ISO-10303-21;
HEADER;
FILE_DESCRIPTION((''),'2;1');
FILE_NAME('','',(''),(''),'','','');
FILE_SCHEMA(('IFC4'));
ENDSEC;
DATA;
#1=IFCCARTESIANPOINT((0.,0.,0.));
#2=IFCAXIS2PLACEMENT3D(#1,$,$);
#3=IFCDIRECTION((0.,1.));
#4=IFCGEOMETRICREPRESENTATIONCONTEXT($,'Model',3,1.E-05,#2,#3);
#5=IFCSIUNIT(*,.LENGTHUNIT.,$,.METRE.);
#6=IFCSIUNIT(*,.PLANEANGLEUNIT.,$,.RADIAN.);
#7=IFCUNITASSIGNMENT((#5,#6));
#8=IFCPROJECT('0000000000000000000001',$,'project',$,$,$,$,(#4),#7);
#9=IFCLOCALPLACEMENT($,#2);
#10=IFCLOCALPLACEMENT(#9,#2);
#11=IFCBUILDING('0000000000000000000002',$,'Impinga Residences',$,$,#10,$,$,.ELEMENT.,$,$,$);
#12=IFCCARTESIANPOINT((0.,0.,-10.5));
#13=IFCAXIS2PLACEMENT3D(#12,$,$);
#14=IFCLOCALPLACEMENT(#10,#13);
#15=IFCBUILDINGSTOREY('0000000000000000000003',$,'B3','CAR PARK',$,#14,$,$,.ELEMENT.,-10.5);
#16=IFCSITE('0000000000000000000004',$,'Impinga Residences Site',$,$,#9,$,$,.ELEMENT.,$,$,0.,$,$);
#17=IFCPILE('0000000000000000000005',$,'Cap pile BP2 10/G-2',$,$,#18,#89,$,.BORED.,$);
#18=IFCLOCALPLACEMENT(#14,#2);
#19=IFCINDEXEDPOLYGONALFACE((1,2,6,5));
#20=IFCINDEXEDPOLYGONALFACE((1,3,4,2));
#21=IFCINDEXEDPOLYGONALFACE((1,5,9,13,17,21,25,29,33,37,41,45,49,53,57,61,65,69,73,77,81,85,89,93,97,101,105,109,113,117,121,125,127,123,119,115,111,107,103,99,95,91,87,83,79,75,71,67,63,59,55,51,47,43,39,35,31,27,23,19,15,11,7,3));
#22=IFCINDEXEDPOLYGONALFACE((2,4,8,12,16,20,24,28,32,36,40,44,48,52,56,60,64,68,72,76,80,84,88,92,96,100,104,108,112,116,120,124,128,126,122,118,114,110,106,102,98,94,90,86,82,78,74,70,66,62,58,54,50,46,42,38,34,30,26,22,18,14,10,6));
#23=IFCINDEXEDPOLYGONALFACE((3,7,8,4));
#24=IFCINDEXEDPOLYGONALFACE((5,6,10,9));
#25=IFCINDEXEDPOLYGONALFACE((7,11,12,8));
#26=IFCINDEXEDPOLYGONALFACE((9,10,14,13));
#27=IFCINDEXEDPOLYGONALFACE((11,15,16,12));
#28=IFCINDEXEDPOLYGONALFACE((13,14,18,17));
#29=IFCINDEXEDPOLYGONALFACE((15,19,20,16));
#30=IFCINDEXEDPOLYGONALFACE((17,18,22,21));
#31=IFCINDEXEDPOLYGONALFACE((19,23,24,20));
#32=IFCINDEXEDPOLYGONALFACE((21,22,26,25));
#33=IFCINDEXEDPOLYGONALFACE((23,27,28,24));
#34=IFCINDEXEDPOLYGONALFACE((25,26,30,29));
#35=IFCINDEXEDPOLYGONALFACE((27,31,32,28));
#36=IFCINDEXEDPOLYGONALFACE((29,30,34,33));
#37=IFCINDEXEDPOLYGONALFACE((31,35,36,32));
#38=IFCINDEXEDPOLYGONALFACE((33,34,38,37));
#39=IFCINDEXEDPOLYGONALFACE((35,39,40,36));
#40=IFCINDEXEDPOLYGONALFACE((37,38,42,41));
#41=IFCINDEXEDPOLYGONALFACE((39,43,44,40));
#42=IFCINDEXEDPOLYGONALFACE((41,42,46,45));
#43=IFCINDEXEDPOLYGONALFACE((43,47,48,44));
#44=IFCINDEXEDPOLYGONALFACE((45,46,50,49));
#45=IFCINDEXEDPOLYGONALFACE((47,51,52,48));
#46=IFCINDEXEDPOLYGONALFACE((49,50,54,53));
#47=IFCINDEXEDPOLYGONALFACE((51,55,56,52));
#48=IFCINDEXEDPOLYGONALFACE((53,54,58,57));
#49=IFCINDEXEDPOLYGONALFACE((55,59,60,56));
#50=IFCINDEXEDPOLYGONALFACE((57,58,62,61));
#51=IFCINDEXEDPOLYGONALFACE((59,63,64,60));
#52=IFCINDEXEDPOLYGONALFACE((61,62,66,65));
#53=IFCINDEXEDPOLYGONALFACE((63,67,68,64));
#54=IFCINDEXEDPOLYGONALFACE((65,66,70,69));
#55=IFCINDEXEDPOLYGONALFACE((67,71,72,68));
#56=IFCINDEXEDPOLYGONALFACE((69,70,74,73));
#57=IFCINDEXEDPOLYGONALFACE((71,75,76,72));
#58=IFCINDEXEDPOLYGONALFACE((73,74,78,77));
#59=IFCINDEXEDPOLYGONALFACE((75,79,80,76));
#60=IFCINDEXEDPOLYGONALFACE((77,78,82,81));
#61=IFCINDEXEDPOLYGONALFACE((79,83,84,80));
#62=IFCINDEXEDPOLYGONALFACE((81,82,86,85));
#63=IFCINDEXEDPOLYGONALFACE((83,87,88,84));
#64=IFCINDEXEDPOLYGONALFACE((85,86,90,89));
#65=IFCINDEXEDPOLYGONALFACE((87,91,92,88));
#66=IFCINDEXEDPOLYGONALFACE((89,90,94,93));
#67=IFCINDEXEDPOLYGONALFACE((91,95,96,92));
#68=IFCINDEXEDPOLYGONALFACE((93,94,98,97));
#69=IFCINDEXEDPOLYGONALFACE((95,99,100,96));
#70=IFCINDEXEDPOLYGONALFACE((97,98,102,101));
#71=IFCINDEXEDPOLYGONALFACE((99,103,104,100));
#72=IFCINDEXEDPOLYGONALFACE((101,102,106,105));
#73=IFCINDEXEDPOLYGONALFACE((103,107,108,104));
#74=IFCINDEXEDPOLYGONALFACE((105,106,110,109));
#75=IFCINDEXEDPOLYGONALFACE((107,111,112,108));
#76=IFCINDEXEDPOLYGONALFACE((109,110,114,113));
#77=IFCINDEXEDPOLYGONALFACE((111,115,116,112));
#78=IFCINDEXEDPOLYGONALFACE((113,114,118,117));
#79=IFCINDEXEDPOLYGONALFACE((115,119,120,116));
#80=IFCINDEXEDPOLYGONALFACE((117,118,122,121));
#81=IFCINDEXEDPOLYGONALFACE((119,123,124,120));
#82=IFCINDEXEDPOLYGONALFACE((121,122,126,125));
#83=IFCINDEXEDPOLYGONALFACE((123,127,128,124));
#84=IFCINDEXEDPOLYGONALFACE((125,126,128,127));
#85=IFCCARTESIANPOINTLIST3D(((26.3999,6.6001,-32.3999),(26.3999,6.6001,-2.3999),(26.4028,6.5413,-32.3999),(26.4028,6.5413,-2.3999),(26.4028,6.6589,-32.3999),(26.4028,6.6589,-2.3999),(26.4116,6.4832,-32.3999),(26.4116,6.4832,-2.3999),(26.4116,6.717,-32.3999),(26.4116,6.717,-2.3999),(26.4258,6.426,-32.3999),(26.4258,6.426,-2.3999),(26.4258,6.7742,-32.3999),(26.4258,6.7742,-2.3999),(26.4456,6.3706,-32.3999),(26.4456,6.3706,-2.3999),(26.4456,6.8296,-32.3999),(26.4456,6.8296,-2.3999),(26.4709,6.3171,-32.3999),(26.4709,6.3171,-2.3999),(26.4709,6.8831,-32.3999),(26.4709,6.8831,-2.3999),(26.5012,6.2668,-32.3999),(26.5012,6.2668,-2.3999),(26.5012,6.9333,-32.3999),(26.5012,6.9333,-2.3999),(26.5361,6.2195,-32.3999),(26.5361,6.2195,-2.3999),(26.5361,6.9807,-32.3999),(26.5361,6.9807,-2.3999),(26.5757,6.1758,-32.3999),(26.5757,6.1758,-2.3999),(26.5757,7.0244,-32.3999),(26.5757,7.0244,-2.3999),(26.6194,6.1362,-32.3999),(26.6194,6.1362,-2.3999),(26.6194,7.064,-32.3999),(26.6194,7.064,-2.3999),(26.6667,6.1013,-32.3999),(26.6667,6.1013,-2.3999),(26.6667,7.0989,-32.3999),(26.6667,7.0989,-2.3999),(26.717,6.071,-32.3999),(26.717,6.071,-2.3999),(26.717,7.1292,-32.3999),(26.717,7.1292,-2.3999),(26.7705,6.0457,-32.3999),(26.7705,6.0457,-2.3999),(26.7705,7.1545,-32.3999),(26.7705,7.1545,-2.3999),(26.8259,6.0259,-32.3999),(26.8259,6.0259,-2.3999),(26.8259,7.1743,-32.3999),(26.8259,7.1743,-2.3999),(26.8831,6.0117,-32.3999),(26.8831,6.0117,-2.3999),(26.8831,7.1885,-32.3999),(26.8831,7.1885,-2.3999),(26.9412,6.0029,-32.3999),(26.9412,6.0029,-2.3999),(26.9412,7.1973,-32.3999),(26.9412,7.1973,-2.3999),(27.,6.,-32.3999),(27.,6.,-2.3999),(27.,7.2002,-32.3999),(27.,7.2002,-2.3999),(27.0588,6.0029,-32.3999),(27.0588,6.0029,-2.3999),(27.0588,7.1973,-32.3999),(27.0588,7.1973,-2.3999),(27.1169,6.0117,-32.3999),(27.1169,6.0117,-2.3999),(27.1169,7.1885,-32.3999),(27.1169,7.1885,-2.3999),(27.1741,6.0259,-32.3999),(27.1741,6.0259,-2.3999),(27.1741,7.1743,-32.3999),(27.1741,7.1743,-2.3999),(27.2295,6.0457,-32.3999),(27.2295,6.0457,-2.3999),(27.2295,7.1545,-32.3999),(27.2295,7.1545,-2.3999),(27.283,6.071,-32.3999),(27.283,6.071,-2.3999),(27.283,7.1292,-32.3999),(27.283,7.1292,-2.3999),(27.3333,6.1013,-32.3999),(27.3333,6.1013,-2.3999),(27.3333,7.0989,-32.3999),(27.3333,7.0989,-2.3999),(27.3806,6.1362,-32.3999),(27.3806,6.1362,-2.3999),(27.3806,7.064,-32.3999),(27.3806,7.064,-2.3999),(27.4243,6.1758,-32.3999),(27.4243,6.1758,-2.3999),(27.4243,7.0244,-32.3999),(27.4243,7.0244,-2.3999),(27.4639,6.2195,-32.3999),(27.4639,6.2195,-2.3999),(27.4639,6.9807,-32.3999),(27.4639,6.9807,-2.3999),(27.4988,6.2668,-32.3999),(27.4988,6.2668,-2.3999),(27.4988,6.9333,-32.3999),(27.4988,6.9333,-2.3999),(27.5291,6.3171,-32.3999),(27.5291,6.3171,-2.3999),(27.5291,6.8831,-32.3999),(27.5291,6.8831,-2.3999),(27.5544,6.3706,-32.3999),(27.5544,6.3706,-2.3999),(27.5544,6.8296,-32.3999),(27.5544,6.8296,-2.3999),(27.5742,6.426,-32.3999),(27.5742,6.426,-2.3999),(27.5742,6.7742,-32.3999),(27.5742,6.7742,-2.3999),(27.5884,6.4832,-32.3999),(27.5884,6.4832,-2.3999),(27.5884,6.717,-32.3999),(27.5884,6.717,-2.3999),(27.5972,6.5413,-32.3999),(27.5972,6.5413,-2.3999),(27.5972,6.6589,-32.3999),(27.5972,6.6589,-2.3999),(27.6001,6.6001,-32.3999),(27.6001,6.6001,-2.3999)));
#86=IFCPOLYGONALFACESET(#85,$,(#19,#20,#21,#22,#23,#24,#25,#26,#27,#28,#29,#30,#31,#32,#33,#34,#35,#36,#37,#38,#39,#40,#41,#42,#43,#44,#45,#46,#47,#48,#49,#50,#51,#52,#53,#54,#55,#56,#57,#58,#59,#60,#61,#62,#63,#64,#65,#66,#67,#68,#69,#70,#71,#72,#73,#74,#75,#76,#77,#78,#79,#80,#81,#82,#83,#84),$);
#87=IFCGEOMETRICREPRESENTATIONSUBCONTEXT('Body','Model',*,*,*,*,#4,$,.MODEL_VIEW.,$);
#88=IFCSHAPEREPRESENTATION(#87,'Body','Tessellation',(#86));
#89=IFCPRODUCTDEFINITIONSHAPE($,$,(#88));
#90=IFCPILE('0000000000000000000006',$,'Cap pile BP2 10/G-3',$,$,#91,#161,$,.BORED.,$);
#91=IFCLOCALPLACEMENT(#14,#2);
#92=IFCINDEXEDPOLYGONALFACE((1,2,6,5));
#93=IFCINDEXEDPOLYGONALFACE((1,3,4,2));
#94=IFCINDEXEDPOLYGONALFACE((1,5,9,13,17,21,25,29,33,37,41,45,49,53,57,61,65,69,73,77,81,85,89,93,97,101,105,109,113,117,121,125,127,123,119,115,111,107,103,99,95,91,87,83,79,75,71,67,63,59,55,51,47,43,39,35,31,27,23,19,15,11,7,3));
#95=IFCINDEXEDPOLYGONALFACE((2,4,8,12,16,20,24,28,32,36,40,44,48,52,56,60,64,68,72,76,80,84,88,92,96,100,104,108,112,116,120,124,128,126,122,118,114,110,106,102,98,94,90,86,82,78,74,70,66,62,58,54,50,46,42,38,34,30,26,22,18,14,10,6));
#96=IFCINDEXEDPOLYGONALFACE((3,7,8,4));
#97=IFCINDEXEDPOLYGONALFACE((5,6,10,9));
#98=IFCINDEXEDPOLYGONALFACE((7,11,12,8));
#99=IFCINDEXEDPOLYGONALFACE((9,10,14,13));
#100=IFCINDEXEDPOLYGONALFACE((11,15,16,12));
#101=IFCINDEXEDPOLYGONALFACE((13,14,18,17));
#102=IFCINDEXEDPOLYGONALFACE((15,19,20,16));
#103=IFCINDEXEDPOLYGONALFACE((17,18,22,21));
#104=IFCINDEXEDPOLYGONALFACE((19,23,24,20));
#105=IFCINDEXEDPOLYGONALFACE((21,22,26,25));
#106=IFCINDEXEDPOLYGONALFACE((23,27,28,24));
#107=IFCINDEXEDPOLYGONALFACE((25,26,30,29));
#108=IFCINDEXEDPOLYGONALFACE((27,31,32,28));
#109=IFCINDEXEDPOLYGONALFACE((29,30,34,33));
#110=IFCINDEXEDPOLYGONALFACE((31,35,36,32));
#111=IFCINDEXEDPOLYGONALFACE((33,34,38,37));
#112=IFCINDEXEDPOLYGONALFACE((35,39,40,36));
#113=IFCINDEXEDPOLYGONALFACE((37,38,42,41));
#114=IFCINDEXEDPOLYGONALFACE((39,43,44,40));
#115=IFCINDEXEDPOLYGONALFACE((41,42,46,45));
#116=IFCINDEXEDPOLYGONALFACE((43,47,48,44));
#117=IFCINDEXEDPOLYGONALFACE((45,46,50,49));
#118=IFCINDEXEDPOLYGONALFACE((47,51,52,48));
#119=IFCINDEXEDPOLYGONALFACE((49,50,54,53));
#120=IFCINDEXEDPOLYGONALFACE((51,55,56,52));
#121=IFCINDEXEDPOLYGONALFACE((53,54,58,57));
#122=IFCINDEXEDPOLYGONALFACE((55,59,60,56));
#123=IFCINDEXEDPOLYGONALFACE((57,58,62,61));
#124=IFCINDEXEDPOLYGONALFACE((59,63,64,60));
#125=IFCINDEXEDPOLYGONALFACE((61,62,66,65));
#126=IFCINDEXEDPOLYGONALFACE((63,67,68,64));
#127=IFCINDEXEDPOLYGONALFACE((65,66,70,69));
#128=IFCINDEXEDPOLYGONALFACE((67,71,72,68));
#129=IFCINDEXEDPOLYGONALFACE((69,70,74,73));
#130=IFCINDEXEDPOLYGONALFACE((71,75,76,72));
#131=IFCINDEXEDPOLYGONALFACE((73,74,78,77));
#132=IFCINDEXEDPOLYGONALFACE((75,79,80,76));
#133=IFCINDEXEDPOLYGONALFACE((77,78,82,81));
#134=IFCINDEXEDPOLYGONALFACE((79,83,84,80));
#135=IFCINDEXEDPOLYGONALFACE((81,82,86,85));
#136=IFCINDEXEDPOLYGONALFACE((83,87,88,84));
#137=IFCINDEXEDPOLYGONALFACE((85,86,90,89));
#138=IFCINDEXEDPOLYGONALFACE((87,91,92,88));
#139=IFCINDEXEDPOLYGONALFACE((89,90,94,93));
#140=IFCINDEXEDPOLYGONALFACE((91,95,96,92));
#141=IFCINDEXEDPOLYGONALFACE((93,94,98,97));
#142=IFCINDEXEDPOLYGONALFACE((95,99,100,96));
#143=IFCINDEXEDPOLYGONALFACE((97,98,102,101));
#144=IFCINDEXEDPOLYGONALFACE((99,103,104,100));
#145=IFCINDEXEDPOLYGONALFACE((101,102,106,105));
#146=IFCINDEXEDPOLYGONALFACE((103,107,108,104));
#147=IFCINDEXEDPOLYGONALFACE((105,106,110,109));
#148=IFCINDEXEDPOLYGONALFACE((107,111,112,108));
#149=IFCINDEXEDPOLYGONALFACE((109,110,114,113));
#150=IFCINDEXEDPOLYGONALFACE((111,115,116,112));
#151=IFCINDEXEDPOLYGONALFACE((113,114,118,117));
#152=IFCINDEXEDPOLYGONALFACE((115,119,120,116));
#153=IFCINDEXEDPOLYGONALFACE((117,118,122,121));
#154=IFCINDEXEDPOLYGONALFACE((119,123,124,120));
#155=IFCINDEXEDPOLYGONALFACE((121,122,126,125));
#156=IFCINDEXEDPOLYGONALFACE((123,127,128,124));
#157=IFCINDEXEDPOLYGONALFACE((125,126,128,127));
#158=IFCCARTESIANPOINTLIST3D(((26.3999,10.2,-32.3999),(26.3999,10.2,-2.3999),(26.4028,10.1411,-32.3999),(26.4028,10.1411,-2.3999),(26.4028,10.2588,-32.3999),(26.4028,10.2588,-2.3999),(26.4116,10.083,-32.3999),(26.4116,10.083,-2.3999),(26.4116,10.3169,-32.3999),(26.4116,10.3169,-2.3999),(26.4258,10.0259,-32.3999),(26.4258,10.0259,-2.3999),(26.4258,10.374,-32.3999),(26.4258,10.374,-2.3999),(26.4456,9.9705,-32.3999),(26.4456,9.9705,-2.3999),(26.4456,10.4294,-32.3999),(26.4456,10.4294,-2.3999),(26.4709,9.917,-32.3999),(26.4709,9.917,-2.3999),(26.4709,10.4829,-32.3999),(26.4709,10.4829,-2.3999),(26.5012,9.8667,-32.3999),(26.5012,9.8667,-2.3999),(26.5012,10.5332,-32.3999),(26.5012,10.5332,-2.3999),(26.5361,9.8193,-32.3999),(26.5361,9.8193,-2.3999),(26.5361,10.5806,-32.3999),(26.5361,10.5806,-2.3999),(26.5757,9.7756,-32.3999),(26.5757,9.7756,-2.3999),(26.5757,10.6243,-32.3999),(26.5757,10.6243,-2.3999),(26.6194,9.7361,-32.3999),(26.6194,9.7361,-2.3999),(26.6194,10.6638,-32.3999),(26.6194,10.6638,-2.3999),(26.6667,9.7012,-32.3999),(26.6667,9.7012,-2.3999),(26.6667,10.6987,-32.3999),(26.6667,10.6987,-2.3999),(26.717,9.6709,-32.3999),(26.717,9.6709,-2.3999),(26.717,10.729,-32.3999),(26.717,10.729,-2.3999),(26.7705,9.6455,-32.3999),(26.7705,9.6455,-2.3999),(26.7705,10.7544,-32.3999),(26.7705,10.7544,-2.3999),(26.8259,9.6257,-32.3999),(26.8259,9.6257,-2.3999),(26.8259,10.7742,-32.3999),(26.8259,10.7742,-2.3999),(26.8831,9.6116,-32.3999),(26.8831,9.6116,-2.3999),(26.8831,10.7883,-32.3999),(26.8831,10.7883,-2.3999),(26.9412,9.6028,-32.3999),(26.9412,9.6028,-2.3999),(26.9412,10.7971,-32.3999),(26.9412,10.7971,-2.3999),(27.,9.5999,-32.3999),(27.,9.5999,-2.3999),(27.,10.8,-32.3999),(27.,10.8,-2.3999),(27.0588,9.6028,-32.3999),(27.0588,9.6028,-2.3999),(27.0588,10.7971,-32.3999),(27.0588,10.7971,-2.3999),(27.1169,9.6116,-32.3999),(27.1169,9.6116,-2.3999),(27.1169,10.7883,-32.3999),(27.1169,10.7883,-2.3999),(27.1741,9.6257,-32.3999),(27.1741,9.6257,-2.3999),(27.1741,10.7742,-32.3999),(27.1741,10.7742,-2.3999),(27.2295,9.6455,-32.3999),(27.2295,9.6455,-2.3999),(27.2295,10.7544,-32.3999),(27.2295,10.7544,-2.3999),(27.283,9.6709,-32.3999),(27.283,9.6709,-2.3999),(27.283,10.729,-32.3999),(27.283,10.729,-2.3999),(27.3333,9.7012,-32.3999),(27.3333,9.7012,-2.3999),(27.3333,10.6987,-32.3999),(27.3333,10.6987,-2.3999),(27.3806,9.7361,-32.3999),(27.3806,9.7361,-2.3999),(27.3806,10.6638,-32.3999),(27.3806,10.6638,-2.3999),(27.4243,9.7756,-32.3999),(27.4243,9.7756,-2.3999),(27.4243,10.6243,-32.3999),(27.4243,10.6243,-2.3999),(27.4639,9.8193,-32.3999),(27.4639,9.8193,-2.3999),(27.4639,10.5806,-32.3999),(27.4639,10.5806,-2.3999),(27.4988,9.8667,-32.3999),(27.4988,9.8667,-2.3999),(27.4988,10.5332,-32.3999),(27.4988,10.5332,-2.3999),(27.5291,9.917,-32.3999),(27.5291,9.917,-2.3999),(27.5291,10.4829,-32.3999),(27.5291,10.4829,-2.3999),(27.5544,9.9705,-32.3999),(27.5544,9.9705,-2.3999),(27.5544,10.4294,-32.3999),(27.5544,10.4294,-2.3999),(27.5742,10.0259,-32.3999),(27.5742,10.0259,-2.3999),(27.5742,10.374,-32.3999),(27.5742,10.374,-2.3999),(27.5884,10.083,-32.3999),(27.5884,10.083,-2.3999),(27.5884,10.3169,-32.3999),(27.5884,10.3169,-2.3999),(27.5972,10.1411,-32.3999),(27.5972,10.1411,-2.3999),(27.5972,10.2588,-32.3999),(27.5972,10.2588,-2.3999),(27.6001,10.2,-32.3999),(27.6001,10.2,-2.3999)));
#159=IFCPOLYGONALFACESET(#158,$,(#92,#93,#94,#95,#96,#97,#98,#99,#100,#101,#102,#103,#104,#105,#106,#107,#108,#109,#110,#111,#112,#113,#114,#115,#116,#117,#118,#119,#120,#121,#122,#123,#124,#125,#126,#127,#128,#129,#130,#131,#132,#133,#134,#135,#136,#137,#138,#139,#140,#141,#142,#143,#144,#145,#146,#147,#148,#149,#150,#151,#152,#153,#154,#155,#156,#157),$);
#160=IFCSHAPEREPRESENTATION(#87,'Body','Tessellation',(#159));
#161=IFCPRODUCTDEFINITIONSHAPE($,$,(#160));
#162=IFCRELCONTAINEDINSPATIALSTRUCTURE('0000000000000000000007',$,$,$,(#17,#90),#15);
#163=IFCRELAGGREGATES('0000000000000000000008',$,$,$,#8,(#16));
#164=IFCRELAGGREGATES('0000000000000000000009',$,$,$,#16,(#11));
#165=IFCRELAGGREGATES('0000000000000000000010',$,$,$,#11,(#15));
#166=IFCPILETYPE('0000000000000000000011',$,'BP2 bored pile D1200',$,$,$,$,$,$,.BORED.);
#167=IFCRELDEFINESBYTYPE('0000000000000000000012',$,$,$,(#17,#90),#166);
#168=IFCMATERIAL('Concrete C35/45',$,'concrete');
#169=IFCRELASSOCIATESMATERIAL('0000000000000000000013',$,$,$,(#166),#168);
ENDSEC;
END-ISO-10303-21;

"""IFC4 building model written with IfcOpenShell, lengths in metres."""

from ifc_helpers import new_model, si_unit, direction, frame, origin, origin_2d, place, context, subcontext, project, spatial, polyline, circle, outline, extrude, material, material_profile, profile_set, type_object, element, save


model = new_model("IFC4")

# Units and contexts
model_context = context("Model", 3, precision=1e-05, world=origin(), true_north=direction((0.0, 1.0)))
body_context = subcontext(model_context, "Body", "Model", "MODEL_VIEW")
ifc_project = project(units=[si_unit("LENGTHUNIT", "METRE"), si_unit("PLANEANGLEUNIT", "RADIAN")], contexts=[model_context])

# Site, building, storey
site_placement = place(None, origin())
site = spatial("IfcSite", under=ifc_project, at=site_placement, Name="Impinga Residences Site", CompositionType="ELEMENT", RefElevation=0.0)
building_placement = place(site_placement, origin())
building = spatial("IfcBuilding", under=site, at=building_placement, Name="Impinga Residences", CompositionType="ELEMENT")
storey_placement = place(building_placement, frame((0.0, 0.0, -10.5)))
storey = spatial("IfcBuildingStorey", under=building, at=storey_placement, Name="B3", Description="CAR PARK", CompositionType="ELEMENT", Elevation=-10.5)

# Piles
ifc_material_1 = material(Name="Concrete C35/45", Category="concrete")
ifc_material_profile_1 = material_profile(ifc_material_1, circle(Radius=0.6001, at=origin_2d()), Name="D1200")
ifc_profile_set_1 = profile_set([ifc_material_profile_1], Name="Concrete C35/45")
pile_type = type_object("IfcPileType", Name="BP2 bored pile D1200", PredefinedType="BORED", material=ifc_profile_set_1)
pile_1_placement = place(storey_placement, frame((27.0, 6.6001, -2.3999), z_axis=(0.0, 0.0, -1.0), x_axis=(1.0, 0.0, 0.0)))
element("IfcPile", 1, at=pile_1_placement, inside=storey, type_object=pile_type, Name="Cap pile BP2 10/G-2", PredefinedType="BORED", context=body_context, shape_type="SweptSolid", body=[
    extrude(outline(polyline([(0.6001, 0.0), (0.5972, 0.0588), (0.5884, 0.1169), (0.5742, 0.1741), (0.5544, 0.2295), (0.5291, 0.283), (0.4988, 0.3333), (0.4639, 0.3806), (0.4243, 0.4243), (0.3806, 0.4639), (0.3333, 0.4988), (0.283, 0.5291), (0.2295, 0.5544), (0.1741, 0.5742), (0.1169, 0.5884), (0.0588, 0.5972), (0.0, 0.6001), (-0.0588, 0.5972), (-0.1169, 0.5884), (-0.1741, 0.5742), (-0.2295, 0.5544), (-0.283, 0.5291), (-0.3333, 0.4988), (-0.3806, 0.4639), (-0.4243, 0.4243), (-0.4639, 0.3806), (-0.4988, 0.3333), (-0.5291, 0.283), (-0.5544, 0.2295), (-0.5742, 0.1741), (-0.5884, 0.1169), (-0.5972, 0.0588), (-0.6001, 0.0), (-0.5972, -0.0588), (-0.5884, -0.1169), (-0.5742, -0.1741), (-0.5544, -0.2295), (-0.5291, -0.283), (-0.4988, -0.3333), (-0.4639, -0.3806), (-0.4243, -0.4243), (-0.3806, -0.4639), (-0.3333, -0.4988), (-0.283, -0.5291), (-0.2295, -0.5544), (-0.1741, -0.5742), (-0.1169, -0.5884), (-0.0588, -0.5972), (0.0, -0.6001), (0.0588, -0.5972), (0.1169, -0.5884), (0.1741, -0.5742), (0.2295, -0.5544), (0.283, -0.5291), (0.3333, -0.4988), (0.3806, -0.4639), (0.4243, -0.4243), (0.4639, -0.3806), (0.4988, -0.3333), (0.5291, -0.283), (0.5544, -0.2295), (0.5742, -0.1741), (0.5884, -0.1169), (0.5972, -0.0588), (0.6001, 0.0)])), origin(), (0.0, 0.0, 1.0), 30.0),
])
pile_2_placement = place(storey_placement, frame((27.0, 10.2, -2.3999), z_axis=(0.0, 0.0, -1.0), x_axis=(1.0, 0.0, 0.0)))
element("IfcPile", 2, at=pile_2_placement, inside=storey, type_object=pile_type, Name="Cap pile BP2 10/G-3", PredefinedType="BORED", context=body_context, shape_type="SweptSolid", body=[
    extrude(outline(polyline([(0.6001, 0.0), (0.5972, 0.0588), (0.5884, 0.1169), (0.5742, 0.1741), (0.5544, 0.2295), (0.5291, 0.283), (0.4988, 0.3333), (0.4639, 0.3806), (0.4243, 0.4243), (0.3806, 0.4639), (0.3333, 0.4988), (0.283, 0.5291), (0.2295, 0.5544), (0.1741, 0.5742), (0.1169, 0.5884), (0.0588, 0.5972), (0.0, 0.6001), (-0.0588, 0.5972), (-0.1169, 0.5884), (-0.1741, 0.5742), (-0.2295, 0.5544), (-0.283, 0.5291), (-0.3333, 0.4988), (-0.3806, 0.4639), (-0.4243, 0.4243), (-0.4639, 0.3806), (-0.4988, 0.3333), (-0.5291, 0.283), (-0.5544, 0.2295), (-0.5742, 0.1741), (-0.5884, 0.1169), (-0.5972, 0.0588), (-0.6001, 0.0), (-0.5972, -0.0588), (-0.5884, -0.1169), (-0.5742, -0.1741), (-0.5544, -0.2295), (-0.5291, -0.283), (-0.4988, -0.3333), (-0.4639, -0.3806), (-0.4243, -0.4243), (-0.3806, -0.4639), (-0.3333, -0.4988), (-0.283, -0.5291), (-0.2295, -0.5544), (-0.1741, -0.5742), (-0.1169, -0.5884), (-0.0588, -0.5972), (0.0, -0.6001), (0.0588, -0.5972), (0.1169, -0.5884), (0.1741, -0.5742), (0.2295, -0.5544), (0.283, -0.5291), (0.3333, -0.4988), (0.3806, -0.4639), (0.4243, -0.4243), (0.4639, -0.3806), (0.4988, -0.3333), (0.5291, -0.283), (0.5544, -0.2295), (0.5742, -0.1741), (0.5884, -0.1169), (0.5972, -0.0588), (0.6001, 0.0)])), origin(), (0.0, 0.0, 1.0), 30.0),
])

save(model, "model.ifc")
